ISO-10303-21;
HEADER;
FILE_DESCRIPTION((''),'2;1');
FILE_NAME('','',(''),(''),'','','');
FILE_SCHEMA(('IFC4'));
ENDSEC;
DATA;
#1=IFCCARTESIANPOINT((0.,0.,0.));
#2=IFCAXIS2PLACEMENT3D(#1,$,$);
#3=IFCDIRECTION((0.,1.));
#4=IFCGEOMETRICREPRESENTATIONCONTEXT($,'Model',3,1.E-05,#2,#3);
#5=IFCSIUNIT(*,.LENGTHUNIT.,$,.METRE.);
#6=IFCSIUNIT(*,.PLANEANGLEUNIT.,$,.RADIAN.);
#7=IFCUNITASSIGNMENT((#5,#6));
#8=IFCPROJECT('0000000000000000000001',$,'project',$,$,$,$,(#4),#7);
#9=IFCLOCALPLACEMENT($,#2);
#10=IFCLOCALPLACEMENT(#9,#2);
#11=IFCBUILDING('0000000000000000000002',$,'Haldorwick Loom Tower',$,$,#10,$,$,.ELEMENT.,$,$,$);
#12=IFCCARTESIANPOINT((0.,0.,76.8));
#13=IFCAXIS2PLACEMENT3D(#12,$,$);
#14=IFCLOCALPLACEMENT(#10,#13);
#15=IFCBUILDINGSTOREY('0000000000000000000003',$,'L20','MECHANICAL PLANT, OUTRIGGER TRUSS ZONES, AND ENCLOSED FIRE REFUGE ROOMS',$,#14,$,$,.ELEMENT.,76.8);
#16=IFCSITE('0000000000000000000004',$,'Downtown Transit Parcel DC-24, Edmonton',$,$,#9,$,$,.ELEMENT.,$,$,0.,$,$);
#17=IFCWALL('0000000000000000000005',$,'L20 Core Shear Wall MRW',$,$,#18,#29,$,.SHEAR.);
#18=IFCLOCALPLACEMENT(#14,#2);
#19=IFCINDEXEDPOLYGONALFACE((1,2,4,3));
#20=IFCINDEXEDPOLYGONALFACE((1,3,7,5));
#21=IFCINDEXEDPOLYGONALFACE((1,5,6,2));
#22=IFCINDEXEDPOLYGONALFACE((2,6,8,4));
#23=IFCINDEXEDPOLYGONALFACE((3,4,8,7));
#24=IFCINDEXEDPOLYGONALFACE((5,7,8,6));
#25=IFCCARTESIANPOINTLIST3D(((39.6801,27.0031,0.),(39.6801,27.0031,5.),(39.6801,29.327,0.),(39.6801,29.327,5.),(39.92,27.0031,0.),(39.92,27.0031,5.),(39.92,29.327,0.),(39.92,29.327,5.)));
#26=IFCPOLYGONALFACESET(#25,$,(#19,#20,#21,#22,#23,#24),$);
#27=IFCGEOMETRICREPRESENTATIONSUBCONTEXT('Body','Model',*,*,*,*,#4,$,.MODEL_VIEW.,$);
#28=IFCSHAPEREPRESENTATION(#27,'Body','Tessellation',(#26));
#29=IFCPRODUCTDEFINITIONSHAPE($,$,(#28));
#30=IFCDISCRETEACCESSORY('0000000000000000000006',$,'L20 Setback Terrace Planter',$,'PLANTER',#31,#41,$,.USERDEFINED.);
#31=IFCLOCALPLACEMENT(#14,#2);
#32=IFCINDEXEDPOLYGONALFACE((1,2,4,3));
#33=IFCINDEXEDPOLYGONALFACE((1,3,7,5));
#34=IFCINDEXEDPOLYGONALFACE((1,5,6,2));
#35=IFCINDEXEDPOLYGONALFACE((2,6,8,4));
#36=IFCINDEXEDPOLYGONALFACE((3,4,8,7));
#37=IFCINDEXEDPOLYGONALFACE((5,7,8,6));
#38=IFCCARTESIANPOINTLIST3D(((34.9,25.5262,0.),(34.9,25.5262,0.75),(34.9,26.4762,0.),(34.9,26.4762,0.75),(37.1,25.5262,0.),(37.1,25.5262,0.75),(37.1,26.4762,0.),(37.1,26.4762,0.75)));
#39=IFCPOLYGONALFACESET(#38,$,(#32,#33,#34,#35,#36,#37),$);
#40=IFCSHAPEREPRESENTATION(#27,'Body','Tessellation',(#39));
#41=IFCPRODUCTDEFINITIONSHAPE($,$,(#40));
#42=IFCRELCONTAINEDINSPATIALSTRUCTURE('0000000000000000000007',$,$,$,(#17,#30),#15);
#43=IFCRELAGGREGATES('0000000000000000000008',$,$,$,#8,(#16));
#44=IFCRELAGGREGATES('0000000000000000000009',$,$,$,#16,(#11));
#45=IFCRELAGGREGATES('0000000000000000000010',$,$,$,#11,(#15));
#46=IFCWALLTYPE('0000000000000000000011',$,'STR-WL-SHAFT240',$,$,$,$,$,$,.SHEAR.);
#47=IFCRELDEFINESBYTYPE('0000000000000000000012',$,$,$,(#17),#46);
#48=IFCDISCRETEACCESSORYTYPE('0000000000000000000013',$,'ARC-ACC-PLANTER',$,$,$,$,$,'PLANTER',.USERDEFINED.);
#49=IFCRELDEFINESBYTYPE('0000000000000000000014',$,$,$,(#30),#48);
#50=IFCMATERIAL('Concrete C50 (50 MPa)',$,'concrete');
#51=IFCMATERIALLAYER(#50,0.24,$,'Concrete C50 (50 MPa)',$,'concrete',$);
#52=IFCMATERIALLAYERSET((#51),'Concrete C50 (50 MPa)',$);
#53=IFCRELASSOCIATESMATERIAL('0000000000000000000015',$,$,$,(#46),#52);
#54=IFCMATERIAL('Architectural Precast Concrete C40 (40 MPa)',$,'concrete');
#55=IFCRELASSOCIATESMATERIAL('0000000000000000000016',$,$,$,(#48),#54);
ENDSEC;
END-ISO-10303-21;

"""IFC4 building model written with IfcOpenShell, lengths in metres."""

from ifc_helpers import new_model, si_unit, direction, frame, frame_2d, origin, origin_2d, place, context, subcontext, project, spatial, rectangle, extrude, material, layer, layer_set, type_object, element, save


model = new_model("IFC4")

# Units and contexts
model_context = context("Model", 3, precision=1e-05, world=origin(), true_north=direction((0.0, 1.0)))
body_context = subcontext(model_context, "Body", "Model", "MODEL_VIEW")
ifc_project = project(units=[si_unit("LENGTHUNIT", "METRE"), si_unit("PLANEANGLEUNIT", "RADIAN")], contexts=[model_context])

# Site, building, storey
site_placement = place(None, origin())
site = spatial("IfcSite", under=ifc_project, at=site_placement, Name="Downtown Transit Parcel DC-24, Edmonton", CompositionType="ELEMENT", RefElevation=0.0)
building_placement = place(site_placement, origin())
building = spatial("IfcBuilding", under=site, at=building_placement, Name="Haldorwick Loom Tower", CompositionType="ELEMENT")
storey_placement = place(building_placement, frame((0.0, 0.0, 76.8)))
storey = spatial("IfcBuildingStorey", under=building, at=storey_placement, Name="L20", Description="MECHANICAL PLANT, OUTRIGGER TRUSS ZONES, AND ENCLOSED FIRE REFUGE ROOMS", CompositionType="ELEMENT", Elevation=76.8)

# Wall
ifc_material_1 = material(Name="Concrete C50 (50 MPa)", Category="concrete")
ifc_layer_1 = layer(ifc_material_1, 0.24, Name="Concrete C50 (50 MPa)", Category="concrete")
ifc_layer_set_1 = layer_set([ifc_layer_1], Name="Concrete C50 (50 MPa)")
wall_type_1 = type_object("IfcWallType", Name="STR-WL-SHAFT240", PredefinedType="SHEAR", material=ifc_layer_set_1)
for number, where, z_axis, x_axis, name in (
    (1, (39.8, 27.0029, 0.0), (0.0, 0.0, 1.0), (0.0, 1.0, 0.0), "L20 Core Shear Wall MRW"),
):
    element("IfcWall", number, at=place(storey_placement, frame(where, z_axis=z_axis, x_axis=x_axis)), inside=storey, type_object=wall_type_1, Name=name, PredefinedType="SHEAR", context=body_context, shape_type="SweptSolid", body=[
        extrude(rectangle(XDim=2.324, YDim=0.24, at=frame_2d((1.1621, 0.0))), origin(), (0.0, 0.0, 1.0), 5.0),
    ])

# Discrete accessory
ifc_material_2 = material(Name="Architectural Precast Concrete C40 (40 MPa)", Category="concrete")
discrete_accessory_type = type_object("IfcDiscreteAccessoryType", Name="ARC-ACC-PLANTER", ElementType="PLANTER", PredefinedType="USERDEFINED", material=ifc_material_2)
discrete_accessory_placement = place(storey_placement, frame((36.0, 26.0012, 0.0), z_axis=(0.0, 0.0, 1.0), x_axis=(1.0, 0.0, 0.0)))
element("IfcDiscreteAccessory", 2, at=discrete_accessory_placement, inside=storey, type_object=discrete_accessory_type, Name="L20 Setback Terrace Planter", ObjectType="PLANTER", PredefinedType="USERDEFINED", context=body_context, shape_type="SweptSolid", body=[
    extrude(rectangle(XDim=2.2, YDim=0.95, at=origin_2d()), origin(), (0.0, 0.0, 1.0), 0.75),
])

save(model, "model.ifc")
